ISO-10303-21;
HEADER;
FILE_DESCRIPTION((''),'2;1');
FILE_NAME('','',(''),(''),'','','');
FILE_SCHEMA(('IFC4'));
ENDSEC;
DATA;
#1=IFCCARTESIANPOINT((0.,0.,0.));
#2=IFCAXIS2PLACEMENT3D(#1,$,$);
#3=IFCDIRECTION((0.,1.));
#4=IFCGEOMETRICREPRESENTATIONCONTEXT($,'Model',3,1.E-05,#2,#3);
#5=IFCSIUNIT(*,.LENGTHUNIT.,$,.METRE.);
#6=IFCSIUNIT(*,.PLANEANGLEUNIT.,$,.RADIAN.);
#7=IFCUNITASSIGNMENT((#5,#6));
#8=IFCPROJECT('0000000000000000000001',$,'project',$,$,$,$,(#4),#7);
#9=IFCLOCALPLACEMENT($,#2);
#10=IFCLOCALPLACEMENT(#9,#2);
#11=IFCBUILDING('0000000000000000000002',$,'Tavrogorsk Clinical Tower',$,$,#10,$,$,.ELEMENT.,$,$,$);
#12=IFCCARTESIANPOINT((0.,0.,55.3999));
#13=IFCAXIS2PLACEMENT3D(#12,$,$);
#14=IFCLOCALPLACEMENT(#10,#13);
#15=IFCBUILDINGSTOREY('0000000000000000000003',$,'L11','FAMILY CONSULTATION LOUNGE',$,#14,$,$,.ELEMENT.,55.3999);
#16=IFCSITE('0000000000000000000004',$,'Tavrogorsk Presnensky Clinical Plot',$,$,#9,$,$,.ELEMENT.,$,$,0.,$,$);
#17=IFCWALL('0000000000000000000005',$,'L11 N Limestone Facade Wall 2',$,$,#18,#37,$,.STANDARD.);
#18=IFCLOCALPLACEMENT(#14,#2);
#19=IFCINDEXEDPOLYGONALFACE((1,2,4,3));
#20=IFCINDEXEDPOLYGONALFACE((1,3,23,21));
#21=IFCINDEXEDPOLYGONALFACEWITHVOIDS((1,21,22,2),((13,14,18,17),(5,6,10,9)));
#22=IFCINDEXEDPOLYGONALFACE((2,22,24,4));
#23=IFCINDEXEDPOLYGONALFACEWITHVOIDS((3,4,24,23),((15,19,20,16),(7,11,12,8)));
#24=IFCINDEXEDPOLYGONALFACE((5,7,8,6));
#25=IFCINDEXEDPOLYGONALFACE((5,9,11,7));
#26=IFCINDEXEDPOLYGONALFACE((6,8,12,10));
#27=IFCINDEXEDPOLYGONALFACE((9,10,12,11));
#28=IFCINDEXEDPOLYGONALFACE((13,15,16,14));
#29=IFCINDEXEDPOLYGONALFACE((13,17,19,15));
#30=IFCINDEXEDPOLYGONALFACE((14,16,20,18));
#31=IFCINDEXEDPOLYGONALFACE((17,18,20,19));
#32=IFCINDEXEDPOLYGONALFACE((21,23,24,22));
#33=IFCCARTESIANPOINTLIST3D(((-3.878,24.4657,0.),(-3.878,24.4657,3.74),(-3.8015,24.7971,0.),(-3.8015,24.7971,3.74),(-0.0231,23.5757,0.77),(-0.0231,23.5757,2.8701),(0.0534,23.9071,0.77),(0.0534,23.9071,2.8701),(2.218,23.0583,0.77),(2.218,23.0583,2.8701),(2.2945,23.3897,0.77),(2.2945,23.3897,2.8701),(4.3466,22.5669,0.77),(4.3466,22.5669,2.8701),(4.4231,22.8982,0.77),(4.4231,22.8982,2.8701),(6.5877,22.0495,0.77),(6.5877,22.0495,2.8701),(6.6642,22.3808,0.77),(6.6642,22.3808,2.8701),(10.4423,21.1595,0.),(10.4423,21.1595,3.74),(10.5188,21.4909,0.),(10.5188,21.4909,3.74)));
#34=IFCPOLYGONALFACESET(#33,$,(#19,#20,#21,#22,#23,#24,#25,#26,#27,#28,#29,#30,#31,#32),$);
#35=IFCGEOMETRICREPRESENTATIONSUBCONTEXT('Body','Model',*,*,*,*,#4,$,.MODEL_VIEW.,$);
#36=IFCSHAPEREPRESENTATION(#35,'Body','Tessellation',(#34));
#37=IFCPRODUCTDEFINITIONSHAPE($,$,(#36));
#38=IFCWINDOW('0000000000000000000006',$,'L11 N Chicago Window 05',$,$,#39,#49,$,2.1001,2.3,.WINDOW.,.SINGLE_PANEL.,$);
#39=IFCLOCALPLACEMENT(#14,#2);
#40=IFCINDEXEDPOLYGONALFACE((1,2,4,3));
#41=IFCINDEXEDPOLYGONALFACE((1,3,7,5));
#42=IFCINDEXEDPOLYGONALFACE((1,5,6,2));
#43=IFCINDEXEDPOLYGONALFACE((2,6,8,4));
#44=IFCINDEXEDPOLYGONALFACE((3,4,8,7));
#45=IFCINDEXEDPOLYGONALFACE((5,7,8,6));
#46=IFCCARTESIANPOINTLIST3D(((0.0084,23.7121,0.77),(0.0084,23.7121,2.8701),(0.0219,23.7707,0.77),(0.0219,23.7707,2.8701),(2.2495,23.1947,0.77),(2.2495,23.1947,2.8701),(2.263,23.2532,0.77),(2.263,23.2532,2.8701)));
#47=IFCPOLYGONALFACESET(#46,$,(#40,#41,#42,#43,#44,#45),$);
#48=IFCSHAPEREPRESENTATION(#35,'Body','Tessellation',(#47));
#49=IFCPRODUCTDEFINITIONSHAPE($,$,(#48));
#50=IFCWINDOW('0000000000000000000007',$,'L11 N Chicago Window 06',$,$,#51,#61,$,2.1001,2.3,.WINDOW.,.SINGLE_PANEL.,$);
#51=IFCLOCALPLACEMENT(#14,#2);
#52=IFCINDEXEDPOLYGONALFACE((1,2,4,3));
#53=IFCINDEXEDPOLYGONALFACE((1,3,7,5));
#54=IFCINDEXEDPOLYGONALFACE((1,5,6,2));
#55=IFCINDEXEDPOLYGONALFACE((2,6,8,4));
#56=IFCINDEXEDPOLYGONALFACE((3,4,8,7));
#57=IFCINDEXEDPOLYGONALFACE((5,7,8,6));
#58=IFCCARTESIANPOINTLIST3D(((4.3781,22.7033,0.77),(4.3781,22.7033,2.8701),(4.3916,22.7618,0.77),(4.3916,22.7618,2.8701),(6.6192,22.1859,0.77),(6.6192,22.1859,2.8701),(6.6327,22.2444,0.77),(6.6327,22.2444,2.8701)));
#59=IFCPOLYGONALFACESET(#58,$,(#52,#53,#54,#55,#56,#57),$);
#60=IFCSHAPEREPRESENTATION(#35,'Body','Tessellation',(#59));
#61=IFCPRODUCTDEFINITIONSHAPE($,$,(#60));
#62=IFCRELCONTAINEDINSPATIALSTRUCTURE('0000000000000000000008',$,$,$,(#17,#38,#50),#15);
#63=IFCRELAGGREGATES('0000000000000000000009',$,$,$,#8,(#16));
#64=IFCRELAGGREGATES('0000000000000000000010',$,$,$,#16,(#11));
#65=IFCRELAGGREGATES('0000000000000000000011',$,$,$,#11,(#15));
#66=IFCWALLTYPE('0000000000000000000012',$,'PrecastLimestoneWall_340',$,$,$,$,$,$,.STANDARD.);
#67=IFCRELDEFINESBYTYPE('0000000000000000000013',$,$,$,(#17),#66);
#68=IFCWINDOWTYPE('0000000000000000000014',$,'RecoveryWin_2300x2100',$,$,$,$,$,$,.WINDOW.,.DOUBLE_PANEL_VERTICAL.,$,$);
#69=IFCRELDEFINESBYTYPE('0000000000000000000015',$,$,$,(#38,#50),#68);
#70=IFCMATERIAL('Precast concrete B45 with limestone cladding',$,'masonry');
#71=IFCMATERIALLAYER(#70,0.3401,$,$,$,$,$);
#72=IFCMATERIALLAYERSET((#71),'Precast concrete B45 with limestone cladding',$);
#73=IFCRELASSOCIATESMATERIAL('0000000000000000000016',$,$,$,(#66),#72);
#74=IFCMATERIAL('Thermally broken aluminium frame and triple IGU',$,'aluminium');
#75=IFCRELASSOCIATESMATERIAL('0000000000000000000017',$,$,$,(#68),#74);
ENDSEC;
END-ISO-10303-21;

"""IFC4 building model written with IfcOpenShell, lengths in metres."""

from ifc_helpers import new_model, si_unit, direction, frame, frame_2d, origin, place, context, subcontext, project, spatial, rectangle, extrude, material, layer, layer_set, type_object, element, fill, save


model = new_model("IFC4")

# Units and contexts
model_context = context("Model", 3, precision=1e-05, world=origin(), true_north=direction((0.0, 1.0)))
body_context = subcontext(model_context, "Body", "Model", "MODEL_VIEW")
ifc_project = project(units=[si_unit("LENGTHUNIT", "METRE"), si_unit("PLANEANGLEUNIT", "RADIAN")], contexts=[model_context])

# Site, building, storey
site_placement = place(None, origin())
site = spatial("IfcSite", under=ifc_project, at=site_placement, Name="Tavrogorsk Presnensky Clinical Plot", CompositionType="ELEMENT", RefElevation=0.0)
building_placement = place(site_placement, origin())
building = spatial("IfcBuilding", under=site, at=building_placement, Name="Tavrogorsk Clinical Tower", CompositionType="ELEMENT")
storey_placement = place(building_placement, frame((0.0, 0.0, 55.3999)))
storey = spatial("IfcBuildingStorey", under=building, at=storey_placement, Name="L11", Description="FAMILY CONSULTATION LOUNGE", CompositionType="ELEMENT", Elevation=55.3999)

# Wall, openings, windows
ifc_material_1 = material(Name="Precast concrete B45 with limestone cladding", Category="masonry")
ifc_layer_1 = layer(ifc_material_1, 0.3401)
ifc_layer_set_1 = layer_set([ifc_layer_1], Name="Precast concrete B45 with limestone cladding")
wall_type_1 = type_object("IfcWallType", Name="PrecastLimestoneWall_340", PredefinedType="STANDARD", material=ifc_layer_set_1)
wall_1_placement = place(storey_placement, frame((10.4807, 21.3252, 0.0), z_axis=(0.0, 0.0, 1.0), x_axis=(-0.974369, 0.224954, 0.0)))
wall_1 = element("IfcWall", 1, at=wall_1_placement, inside=storey, type_object=wall_type_1, Name="L11 N Limestone Facade Wall 2", PredefinedType="STANDARD", context=body_context, shape_type="SweptSolid", body=[
    extrude(rectangle(XDim=14.697, YDim=0.3401, at=frame_2d((7.3486, 0.0))), origin(), (0.0, 0.0, 1.0), 3.74),
])
opening_1_placement = place(wall_1_placement, frame((8.4409, 0.0, 0.77)))
opening_1 = element("IfcOpeningElement", 2, at=opening_1_placement, cuts=wall_1, PredefinedType="OPENING", context=body_context, shape_type="SweptSolid", body=[
    extrude(rectangle(XDim=2.3, YDim=2.1001, at=frame_2d((1.1499, 1.05))), frame((0.0, 0.1799, 0.0), z_axis=(0.0, -1.0, 0.0), x_axis=(1.0, 0.0, 0.0)), (0.0, 0.0, 1.0), 0.3601),
])
opening_2_placement = place(wall_1_placement, frame((3.9563, 0.0, 0.77)))
opening_2 = element("IfcOpeningElement", 3, at=opening_2_placement, cuts=wall_1, PredefinedType="OPENING", context=body_context, shape_type="SweptSolid", body=[
    extrude(rectangle(XDim=2.3, YDim=2.1001, at=frame_2d((1.1499, 1.05))), frame((0.0, 0.1799, 0.0), z_axis=(0.0, -1.0, 0.0), x_axis=(1.0, 0.0, 0.0)), (0.0, 0.0, 1.0), 0.3601),
])
ifc_material_2 = material(Name="Thermally broken aluminium frame and triple IGU", Category="aluminium")
window_type = type_object("IfcWindowType", Name="RecoveryWin_2300x2100", PartitioningType="DOUBLE_PANEL_VERTICAL", PredefinedType="WINDOW", material=ifc_material_2)
window_1_placement = place(opening_1_placement, origin())
window_1 = element("IfcWindow", 4, at=window_1_placement, inside=storey, type_object=window_type, Name="L11 N Chicago Window 05", OverallHeight=2.1001, OverallWidth=2.3, PartitioningType="SINGLE_PANEL", PredefinedType="WINDOW", context=body_context, shape_type="SweptSolid", body=[
    extrude(rectangle(XDim=2.3, YDim=2.1001, at=frame_2d((1.1499, 1.05))), frame((0.0, 0.03, 0.0), z_axis=(0.0, -1.0, 0.0), x_axis=(1.0, 0.0, 0.0)), (0.0, 0.0, 1.0), 0.0601),
])
fill(opening_1, window_1)
window_2_placement = place(opening_2_placement, origin())
window_2 = element("IfcWindow", 5, at=window_2_placement, inside=storey, type_object=window_type, Name="L11 N Chicago Window 06", OverallHeight=2.1001, OverallWidth=2.3, PartitioningType="SINGLE_PANEL", PredefinedType="WINDOW", context=body_context, shape_type="SweptSolid", body=[
    extrude(rectangle(XDim=2.3, YDim=2.1001, at=frame_2d((1.1499, 1.05))), frame((0.0, 0.03, 0.0), z_axis=(0.0, -1.0, 0.0), x_axis=(1.0, 0.0, 0.0)), (0.0, 0.0, 1.0), 0.0601),
])
fill(opening_2, window_2)

save(model, "model.ifc")
